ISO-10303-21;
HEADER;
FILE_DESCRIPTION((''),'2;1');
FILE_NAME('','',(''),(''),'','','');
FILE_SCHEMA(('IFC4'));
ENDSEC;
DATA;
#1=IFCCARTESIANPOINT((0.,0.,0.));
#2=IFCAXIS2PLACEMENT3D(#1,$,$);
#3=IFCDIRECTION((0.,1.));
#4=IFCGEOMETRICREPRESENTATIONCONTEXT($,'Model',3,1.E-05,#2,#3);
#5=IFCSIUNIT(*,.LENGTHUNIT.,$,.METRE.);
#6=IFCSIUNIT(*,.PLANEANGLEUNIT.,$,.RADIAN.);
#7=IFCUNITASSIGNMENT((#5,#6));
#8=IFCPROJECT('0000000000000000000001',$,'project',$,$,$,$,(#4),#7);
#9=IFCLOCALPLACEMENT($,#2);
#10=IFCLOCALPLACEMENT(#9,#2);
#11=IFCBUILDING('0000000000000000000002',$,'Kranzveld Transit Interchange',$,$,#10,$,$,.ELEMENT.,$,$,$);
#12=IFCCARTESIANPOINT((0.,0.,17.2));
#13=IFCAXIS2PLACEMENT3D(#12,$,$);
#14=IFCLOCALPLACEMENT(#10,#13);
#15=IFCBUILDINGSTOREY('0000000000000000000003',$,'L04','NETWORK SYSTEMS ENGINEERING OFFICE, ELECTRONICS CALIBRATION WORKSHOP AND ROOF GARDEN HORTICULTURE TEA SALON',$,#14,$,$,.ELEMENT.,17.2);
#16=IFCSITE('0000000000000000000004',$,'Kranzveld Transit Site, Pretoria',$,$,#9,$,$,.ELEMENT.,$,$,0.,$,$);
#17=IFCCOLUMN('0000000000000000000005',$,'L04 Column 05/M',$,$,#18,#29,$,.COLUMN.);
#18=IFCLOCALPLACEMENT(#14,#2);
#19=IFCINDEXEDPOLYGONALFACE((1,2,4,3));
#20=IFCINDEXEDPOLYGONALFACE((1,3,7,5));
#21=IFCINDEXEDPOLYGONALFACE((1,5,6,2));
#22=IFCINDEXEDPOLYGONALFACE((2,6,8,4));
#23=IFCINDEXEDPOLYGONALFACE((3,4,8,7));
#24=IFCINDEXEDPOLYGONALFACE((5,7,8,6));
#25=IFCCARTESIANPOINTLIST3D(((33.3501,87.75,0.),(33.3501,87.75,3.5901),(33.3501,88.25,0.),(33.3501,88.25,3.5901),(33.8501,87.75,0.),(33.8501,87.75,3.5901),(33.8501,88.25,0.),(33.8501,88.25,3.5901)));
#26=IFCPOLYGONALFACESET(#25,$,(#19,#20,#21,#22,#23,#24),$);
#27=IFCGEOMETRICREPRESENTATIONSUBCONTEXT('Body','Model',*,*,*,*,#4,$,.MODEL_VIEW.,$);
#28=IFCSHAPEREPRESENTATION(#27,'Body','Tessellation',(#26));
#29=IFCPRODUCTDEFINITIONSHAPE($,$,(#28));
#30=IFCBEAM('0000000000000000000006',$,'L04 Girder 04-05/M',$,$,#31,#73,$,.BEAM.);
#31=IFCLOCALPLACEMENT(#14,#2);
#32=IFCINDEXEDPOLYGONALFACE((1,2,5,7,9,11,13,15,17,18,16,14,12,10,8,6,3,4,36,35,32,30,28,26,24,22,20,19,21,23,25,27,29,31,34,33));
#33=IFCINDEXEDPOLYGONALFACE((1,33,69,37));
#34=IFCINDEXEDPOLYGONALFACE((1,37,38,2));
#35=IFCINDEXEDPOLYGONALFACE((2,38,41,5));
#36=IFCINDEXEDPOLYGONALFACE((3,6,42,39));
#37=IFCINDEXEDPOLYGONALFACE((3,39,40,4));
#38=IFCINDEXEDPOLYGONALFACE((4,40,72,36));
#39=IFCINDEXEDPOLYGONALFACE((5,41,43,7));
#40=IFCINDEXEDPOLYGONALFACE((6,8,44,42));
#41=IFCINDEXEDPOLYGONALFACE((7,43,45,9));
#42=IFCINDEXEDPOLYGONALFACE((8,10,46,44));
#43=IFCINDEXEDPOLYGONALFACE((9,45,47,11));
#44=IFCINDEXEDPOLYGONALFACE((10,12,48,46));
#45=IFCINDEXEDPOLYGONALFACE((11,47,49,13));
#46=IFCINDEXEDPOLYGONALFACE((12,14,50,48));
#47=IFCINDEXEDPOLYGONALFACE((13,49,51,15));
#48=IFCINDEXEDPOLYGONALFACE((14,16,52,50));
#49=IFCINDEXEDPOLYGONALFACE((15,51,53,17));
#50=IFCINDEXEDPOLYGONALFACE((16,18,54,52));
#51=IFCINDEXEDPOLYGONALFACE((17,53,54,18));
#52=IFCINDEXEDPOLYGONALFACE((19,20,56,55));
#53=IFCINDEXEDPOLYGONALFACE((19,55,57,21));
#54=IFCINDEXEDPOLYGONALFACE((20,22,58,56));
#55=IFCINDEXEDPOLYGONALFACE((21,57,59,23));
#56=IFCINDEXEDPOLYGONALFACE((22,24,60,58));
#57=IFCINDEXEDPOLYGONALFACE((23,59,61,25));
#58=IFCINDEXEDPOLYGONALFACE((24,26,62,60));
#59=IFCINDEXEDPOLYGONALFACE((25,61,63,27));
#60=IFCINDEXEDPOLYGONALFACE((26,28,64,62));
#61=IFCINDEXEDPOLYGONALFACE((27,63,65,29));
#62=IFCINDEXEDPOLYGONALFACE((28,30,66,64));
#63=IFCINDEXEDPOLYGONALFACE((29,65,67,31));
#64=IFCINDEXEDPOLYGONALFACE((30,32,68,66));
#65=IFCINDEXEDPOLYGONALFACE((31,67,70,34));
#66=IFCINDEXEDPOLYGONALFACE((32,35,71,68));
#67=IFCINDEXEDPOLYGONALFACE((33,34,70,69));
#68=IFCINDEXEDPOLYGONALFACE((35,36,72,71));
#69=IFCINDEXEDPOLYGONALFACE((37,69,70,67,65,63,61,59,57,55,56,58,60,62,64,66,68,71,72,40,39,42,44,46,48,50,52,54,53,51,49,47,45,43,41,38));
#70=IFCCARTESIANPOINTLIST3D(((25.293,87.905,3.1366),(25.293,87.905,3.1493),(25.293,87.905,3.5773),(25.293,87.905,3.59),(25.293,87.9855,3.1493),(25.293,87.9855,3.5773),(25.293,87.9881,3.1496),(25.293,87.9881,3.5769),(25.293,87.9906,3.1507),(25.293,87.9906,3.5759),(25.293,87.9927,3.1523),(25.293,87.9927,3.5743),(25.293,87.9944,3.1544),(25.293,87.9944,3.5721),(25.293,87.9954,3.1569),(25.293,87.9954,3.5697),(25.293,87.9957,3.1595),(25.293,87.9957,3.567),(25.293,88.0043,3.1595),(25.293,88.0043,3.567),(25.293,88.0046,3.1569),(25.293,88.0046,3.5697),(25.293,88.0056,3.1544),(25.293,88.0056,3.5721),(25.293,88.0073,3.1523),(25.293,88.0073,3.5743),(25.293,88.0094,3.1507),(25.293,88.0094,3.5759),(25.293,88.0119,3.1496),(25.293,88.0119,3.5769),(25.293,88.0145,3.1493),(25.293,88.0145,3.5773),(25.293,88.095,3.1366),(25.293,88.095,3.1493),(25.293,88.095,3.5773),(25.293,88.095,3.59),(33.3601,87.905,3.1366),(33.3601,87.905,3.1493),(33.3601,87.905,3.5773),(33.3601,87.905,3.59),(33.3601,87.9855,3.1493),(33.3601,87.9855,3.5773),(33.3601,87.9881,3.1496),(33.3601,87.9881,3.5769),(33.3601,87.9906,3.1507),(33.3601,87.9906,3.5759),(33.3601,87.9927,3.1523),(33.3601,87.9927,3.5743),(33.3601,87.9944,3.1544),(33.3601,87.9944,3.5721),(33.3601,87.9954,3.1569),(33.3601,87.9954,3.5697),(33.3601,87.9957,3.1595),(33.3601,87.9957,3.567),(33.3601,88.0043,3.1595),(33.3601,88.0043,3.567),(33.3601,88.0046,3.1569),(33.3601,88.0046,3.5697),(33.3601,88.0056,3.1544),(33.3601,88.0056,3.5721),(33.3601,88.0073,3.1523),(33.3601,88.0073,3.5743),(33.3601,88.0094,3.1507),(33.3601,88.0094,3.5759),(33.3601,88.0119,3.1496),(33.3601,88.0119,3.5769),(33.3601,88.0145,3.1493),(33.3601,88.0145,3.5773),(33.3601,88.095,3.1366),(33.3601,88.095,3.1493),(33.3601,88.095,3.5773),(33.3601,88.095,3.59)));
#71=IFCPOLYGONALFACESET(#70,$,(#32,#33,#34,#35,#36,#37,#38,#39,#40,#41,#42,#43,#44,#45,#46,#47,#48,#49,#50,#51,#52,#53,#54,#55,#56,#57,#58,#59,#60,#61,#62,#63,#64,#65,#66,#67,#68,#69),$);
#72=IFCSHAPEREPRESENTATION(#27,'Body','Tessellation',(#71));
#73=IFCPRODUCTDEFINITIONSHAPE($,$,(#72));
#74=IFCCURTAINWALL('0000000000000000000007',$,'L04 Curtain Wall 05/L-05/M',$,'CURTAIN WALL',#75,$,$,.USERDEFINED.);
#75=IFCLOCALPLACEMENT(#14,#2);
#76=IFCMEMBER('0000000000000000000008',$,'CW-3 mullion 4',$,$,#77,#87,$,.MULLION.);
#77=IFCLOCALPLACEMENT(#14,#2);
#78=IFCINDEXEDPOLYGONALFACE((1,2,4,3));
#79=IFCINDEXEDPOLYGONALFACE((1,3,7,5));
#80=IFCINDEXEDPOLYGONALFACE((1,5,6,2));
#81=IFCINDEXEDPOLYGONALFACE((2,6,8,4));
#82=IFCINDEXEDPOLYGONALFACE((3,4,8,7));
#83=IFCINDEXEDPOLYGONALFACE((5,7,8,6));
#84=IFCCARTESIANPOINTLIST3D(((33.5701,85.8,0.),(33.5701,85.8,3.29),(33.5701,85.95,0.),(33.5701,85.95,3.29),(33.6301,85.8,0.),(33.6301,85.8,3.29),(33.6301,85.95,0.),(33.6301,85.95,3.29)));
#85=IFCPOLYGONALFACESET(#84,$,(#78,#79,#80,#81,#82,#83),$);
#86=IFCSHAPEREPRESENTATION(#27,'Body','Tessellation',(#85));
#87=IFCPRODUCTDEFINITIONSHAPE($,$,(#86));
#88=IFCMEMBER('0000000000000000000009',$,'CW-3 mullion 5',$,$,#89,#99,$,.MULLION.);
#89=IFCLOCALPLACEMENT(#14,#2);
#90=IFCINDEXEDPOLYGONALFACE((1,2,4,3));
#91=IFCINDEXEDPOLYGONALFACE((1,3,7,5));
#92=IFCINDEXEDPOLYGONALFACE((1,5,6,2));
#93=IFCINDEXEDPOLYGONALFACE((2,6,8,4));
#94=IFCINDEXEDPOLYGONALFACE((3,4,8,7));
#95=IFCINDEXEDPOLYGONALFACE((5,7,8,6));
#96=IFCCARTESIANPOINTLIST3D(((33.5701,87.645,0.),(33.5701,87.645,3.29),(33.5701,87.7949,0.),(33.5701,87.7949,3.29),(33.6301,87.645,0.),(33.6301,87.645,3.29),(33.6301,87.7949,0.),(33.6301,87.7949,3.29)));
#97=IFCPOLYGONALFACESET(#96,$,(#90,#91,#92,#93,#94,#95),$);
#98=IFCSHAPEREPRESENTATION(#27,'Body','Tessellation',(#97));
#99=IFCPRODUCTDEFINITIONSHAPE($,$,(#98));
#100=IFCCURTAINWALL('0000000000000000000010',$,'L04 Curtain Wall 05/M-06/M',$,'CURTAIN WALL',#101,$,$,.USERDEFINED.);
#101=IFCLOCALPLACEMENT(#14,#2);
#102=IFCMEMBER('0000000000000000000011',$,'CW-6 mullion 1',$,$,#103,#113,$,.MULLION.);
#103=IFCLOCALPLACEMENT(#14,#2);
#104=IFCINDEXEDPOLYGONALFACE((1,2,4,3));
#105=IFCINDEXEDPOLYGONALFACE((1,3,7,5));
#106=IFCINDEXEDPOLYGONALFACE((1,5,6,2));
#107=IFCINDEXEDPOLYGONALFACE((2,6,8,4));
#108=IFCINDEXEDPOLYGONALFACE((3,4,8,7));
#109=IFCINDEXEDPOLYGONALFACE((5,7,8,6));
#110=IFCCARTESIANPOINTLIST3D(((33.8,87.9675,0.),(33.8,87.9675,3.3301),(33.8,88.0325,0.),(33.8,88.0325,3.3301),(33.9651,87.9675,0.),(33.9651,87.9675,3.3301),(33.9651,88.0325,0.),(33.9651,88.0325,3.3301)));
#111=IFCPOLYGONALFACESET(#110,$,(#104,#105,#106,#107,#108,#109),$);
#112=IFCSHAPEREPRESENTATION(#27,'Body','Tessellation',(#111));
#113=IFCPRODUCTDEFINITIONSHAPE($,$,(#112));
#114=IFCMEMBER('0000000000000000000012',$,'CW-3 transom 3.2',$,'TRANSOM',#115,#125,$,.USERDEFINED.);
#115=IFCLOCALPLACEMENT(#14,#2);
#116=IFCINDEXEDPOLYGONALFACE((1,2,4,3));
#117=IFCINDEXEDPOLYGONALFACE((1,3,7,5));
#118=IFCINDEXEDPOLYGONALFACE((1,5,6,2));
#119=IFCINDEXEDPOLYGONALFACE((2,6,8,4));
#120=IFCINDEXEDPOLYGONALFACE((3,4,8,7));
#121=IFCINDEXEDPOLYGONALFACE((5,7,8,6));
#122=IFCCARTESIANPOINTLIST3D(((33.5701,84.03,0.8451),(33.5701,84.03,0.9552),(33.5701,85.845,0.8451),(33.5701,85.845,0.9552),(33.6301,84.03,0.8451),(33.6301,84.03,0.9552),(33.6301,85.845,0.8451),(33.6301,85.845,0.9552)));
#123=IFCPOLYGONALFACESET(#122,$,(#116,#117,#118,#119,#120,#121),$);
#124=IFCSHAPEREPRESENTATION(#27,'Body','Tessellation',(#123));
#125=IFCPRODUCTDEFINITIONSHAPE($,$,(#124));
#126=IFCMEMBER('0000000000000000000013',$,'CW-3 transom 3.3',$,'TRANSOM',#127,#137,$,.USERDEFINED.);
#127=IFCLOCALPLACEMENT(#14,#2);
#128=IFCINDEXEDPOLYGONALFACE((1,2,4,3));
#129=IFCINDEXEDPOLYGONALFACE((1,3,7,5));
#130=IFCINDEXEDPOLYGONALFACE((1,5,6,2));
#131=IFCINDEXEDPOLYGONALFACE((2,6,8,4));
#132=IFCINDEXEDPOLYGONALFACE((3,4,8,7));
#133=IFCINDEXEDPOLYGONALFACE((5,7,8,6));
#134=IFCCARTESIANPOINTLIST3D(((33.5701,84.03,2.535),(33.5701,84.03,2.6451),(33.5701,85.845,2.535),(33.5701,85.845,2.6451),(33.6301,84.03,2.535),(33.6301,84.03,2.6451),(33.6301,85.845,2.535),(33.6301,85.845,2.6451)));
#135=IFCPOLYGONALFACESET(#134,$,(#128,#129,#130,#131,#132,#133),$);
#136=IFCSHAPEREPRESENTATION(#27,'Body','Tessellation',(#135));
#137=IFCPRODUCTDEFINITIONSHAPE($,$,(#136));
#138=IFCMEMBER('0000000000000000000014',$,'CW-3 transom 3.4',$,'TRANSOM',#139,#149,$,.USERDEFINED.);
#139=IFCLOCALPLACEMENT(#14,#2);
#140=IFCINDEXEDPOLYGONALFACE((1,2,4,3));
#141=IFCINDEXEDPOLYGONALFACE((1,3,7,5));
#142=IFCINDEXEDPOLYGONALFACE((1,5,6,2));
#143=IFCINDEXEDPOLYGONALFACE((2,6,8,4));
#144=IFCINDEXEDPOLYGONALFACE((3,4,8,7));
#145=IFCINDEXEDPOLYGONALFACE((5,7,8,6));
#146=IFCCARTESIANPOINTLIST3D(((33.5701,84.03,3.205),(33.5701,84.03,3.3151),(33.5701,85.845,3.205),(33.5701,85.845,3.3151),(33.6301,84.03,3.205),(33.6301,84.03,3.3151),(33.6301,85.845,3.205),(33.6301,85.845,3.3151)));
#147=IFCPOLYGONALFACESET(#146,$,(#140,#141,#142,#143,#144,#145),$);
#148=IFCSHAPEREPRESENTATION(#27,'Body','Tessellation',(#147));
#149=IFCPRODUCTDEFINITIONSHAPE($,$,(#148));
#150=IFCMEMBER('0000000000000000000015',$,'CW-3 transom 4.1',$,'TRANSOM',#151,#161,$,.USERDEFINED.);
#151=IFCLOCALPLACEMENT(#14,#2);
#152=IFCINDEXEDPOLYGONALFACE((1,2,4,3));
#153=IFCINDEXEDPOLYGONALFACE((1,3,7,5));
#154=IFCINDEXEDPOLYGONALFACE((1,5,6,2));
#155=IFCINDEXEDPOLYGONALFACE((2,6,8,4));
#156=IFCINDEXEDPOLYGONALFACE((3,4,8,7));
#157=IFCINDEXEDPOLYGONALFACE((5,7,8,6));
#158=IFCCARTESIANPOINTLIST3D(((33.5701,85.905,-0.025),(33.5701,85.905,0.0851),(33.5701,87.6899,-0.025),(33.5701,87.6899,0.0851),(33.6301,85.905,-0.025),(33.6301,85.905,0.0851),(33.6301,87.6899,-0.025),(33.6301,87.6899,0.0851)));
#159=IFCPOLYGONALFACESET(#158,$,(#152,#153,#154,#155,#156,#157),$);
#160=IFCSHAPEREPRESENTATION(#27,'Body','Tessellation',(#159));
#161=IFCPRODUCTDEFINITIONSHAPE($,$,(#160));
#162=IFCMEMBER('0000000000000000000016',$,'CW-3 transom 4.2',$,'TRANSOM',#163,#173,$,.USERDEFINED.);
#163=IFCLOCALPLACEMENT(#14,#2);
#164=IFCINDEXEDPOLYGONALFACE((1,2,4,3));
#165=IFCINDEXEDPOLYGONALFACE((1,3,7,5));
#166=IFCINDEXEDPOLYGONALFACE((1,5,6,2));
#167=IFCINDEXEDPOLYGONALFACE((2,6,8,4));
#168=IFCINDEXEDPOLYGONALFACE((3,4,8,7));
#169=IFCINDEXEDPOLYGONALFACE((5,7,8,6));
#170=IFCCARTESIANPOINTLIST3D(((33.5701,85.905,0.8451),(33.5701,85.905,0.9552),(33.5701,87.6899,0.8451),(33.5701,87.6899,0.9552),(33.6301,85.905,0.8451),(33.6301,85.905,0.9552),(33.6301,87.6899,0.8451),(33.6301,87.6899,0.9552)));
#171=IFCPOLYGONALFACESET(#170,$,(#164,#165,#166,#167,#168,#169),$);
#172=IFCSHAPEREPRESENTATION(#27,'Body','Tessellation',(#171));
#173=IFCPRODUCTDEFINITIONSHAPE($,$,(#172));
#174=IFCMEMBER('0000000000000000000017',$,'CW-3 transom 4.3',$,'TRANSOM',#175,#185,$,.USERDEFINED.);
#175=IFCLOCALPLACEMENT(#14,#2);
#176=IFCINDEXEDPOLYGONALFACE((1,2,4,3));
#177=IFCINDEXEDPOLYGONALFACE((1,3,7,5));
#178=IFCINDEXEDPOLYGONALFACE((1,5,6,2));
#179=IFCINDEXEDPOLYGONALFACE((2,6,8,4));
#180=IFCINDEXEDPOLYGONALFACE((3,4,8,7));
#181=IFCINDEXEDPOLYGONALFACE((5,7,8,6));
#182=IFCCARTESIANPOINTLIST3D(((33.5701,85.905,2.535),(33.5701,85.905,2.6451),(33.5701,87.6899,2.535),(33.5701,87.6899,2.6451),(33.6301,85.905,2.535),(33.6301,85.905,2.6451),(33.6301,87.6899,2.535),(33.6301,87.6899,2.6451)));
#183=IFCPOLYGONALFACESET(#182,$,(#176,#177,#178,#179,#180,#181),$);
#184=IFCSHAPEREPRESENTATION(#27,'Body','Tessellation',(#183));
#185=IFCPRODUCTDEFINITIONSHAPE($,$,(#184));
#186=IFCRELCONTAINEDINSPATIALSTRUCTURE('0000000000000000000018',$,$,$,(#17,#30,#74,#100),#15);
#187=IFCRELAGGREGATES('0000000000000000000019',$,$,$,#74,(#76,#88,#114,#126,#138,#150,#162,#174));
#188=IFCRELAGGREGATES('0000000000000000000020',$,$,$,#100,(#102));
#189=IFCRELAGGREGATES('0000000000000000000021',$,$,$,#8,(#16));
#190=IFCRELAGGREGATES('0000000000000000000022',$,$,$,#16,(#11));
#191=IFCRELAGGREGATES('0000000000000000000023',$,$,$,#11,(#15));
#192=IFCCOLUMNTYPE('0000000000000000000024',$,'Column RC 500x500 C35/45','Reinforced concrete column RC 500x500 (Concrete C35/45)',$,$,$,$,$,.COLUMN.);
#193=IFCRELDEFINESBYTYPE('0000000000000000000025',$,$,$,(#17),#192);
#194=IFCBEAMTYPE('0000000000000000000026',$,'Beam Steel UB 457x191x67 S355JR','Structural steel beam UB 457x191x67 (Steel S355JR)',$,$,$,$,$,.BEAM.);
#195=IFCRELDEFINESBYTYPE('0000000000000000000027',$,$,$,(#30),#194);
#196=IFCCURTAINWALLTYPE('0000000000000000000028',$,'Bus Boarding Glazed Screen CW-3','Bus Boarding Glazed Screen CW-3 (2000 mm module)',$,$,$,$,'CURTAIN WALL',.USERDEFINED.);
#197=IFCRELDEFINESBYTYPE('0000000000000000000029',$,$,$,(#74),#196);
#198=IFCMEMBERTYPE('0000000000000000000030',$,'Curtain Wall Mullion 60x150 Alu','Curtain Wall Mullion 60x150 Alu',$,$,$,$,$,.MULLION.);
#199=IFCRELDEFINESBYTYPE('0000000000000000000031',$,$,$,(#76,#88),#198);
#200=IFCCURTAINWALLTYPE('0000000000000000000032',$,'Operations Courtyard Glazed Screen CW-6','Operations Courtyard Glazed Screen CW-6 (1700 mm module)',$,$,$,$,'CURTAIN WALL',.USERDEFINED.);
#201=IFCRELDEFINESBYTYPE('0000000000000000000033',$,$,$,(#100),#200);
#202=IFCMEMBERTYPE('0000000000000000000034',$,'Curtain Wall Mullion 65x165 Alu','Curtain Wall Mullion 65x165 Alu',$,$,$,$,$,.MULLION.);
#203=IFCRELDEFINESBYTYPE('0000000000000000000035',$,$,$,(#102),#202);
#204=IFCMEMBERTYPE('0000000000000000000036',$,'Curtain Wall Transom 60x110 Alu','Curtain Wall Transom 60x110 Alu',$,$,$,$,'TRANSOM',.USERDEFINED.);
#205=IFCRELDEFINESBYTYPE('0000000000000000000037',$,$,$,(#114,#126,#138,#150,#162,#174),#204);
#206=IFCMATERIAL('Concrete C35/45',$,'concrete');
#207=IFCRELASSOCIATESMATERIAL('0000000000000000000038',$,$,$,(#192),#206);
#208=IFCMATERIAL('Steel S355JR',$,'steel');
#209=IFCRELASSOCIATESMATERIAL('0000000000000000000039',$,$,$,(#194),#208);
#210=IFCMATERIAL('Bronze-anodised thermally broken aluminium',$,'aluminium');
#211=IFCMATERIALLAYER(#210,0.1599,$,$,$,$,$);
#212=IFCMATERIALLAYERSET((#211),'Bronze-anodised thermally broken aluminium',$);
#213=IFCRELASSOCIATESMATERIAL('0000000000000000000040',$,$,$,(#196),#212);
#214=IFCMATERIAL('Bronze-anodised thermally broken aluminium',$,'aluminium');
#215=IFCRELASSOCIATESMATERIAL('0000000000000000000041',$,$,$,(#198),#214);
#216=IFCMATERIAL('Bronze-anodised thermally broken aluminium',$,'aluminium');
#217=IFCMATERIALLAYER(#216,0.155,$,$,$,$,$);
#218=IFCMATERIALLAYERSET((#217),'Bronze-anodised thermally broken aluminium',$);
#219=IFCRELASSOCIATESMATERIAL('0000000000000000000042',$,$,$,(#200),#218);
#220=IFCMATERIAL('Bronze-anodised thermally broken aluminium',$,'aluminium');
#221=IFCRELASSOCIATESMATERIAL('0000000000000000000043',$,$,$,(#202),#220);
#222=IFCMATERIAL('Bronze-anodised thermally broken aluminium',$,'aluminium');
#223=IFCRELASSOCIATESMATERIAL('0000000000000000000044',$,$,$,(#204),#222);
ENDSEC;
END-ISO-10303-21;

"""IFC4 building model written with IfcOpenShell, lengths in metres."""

from ifc_helpers import new_model, si_unit, direction, frame, origin, origin_2d, place, context, subcontext, project, spatial, rectangle, i_section, extrude, material, layer, layer_set, material_profile, profile_set, type_object, element, aggregate, save


model = new_model("IFC4")

# Units and contexts
model_context = context("Model", 3, precision=1e-05, world=origin(), true_north=direction((0.0, 1.0)))
body_context = subcontext(model_context, "Body", "Model", "MODEL_VIEW")
ifc_project = project(units=[si_unit("LENGTHUNIT", "METRE"), si_unit("PLANEANGLEUNIT", "RADIAN")], contexts=[model_context])

# Site, building, storey
site_placement = place(None, origin())
site = spatial("IfcSite", under=ifc_project, at=site_placement, Name="Kranzveld Transit Site, Pretoria", CompositionType="ELEMENT", RefElevation=0.0)
building_placement = place(site_placement, origin())
building = spatial("IfcBuilding", under=site, at=building_placement, Name="Kranzveld Transit Interchange", CompositionType="ELEMENT")
storey_placement = place(building_placement, frame((0.0, 0.0, 17.2)))
storey = spatial("IfcBuildingStorey", under=building, at=storey_placement, Name="L04", Description="NETWORK SYSTEMS ENGINEERING OFFICE, ELECTRONICS CALIBRATION WORKSHOP AND ROOF GARDEN HORTICULTURE TEA SALON", CompositionType="ELEMENT", Elevation=17.2)

# Column
ifc_material_1 = material(Name="Concrete C35/45", Category="concrete")
ifc_material_profile_1 = material_profile(ifc_material_1, rectangle(XDim=0.5, YDim=0.5, at=origin_2d()), Name="RC 500x500")
ifc_profile_set_1 = profile_set([ifc_material_profile_1], Name="Concrete C35/45")
column_type = type_object("IfcColumnType", Name="Column RC 500x500 C35/45", Description="Reinforced concrete column RC 500x500 (Concrete C35/45)", PredefinedType="COLUMN", material=ifc_profile_set_1)
column_placement = place(storey_placement, frame((33.6001, 88.0, 0.0), z_axis=(0.0, 0.0, 1.0), x_axis=(1.0, 0.0, 0.0)))
element("IfcColumn", 1, at=column_placement, inside=storey, type_object=column_type, Name="L04 Column 05/M", PredefinedType="COLUMN", context=body_context, shape_type="SweptSolid", body=[
    extrude(rectangle(XDim=0.5, YDim=0.5, at=origin_2d()), origin(), (0.0, 0.0, 1.0), 3.5901),
])

# Beam
ifc_material_2 = material(Name="Steel S355JR", Category="steel")
ifc_material_profile_2 = material_profile(ifc_material_2, i_section(OverallWidth=0.1899, OverallDepth=0.4534, WebThickness=0.0085, FlangeThickness=0.0127, FilletRadius=0.0103, at=origin_2d()), Name="UB 457x191x67")
ifc_profile_set_2 = profile_set([ifc_material_profile_2], Name="Steel S355JR")
beam_type_1 = type_object("IfcBeamType", Name="Beam Steel UB 457x191x67 S355JR", Description="Structural steel beam UB 457x191x67 (Steel S355JR)", PredefinedType="BEAM", material=ifc_profile_set_2)
beam_1_placement = place(storey_placement, frame((25.293, 88.0, 3.3633), z_axis=(1.0, 0.0, 0.0), x_axis=(0.0, 1.0, 0.0)))
element("IfcBeam", 2, at=beam_1_placement, inside=storey, type_object=beam_type_1, Name="L04 Girder 04-05/M", PredefinedType="BEAM", context=body_context, shape_type="SweptSolid", body=[
    extrude(i_section(OverallWidth=0.1899, OverallDepth=0.4534, WebThickness=0.0085, FlangeThickness=0.0127, FilletRadius=0.0103, at=origin_2d()), origin(), (0.0, 0.0, 1.0), 8.0671),
])

# Curtain wall, members
ifc_material_3 = material(Name="Bronze-anodised thermally broken aluminium", Category="aluminium")
ifc_layer_1 = layer(ifc_material_3, 0.1599)
ifc_layer_set_1 = layer_set([ifc_layer_1], Name="Bronze-anodised thermally broken aluminium")
curtain_wall_type_1 = type_object("IfcCurtainWallType", Name="Bus Boarding Glazed Screen CW-3", Description="Bus Boarding Glazed Screen CW-3 (2000 mm module)", ElementType="CURTAIN WALL", PredefinedType="USERDEFINED", material=ifc_layer_set_1)
curtain_wall_1_placement = place(storey_placement, origin())
curtain_wall_1 = element("IfcCurtainWall", 3, at=curtain_wall_1_placement, inside=storey, type_object=curtain_wall_type_1, Name="L04 Curtain Wall 05/L-05/M", ObjectType="CURTAIN WALL", PredefinedType="USERDEFINED")
ifc_material_4 = material(Name="Bronze-anodised thermally broken aluminium", Category="aluminium")
ifc_material_profile_3 = material_profile(ifc_material_4, rectangle(XDim=0.0601, YDim=0.1499, at=origin_2d()), Name="ALU MULLION 60x150")
ifc_profile_set_3 = profile_set([ifc_material_profile_3], Name="Bronze-anodised thermally broken aluminium")
member_type_1 = type_object("IfcMemberType", Name="Curtain Wall Mullion 60x150 Alu", Description="Curtain Wall Mullion 60x150 Alu", PredefinedType="MULLION", material=ifc_profile_set_3)
member_1_placement = place(storey_placement, frame((33.6001, 85.875, 0.0), z_axis=(0.0, 0.0, 1.0), x_axis=(-1.0, 0.0, 0.0)))
member_1 = element("IfcMember", 4, at=member_1_placement, type_object=member_type_1, Name="CW-3 mullion 4", PredefinedType="MULLION", context=body_context, shape_type="SweptSolid", body=[
    extrude(rectangle(XDim=0.0601, YDim=0.1499, at=origin_2d()), origin(), (0.0, 0.0, 1.0), 3.29),
])
member_2_placement = place(storey_placement, frame((33.6001, 87.72, 0.0), z_axis=(0.0, 0.0, 1.0), x_axis=(-1.0, 0.0, 0.0)))
member_2 = element("IfcMember", 5, at=member_2_placement, type_object=member_type_1, Name="CW-3 mullion 5", PredefinedType="MULLION", context=body_context, shape_type="SweptSolid", body=[
    extrude(rectangle(XDim=0.0601, YDim=0.1499, at=origin_2d()), origin(), (0.0, 0.0, 1.0), 3.29),
])

# Curtain wall, member
ifc_material_5 = material(Name="Bronze-anodised thermally broken aluminium", Category="aluminium")
ifc_layer_2 = layer(ifc_material_5, 0.155)
ifc_layer_set_2 = layer_set([ifc_layer_2], Name="Bronze-anodised thermally broken aluminium")
curtain_wall_type_2 = type_object("IfcCurtainWallType", Name="Operations Courtyard Glazed Screen CW-6", Description="Operations Courtyard Glazed Screen CW-6 (1700 mm module)", ElementType="CURTAIN WALL", PredefinedType="USERDEFINED", material=ifc_layer_set_2)
curtain_wall_2_placement = place(storey_placement, origin())
curtain_wall_2 = element("IfcCurtainWall", 6, at=curtain_wall_2_placement, inside=storey, type_object=curtain_wall_type_2, Name="L04 Curtain Wall 05/M-06/M", ObjectType="CURTAIN WALL", PredefinedType="USERDEFINED")
ifc_material_6 = material(Name="Bronze-anodised thermally broken aluminium", Category="aluminium")
ifc_material_profile_4 = material_profile(ifc_material_6, rectangle(XDim=0.0649, YDim=0.165, at=origin_2d()), Name="ALU MULLION 65x165")
ifc_profile_set_4 = profile_set([ifc_material_profile_4], Name="Bronze-anodised thermally broken aluminium")
member_type_2 = type_object("IfcMemberType", Name="Curtain Wall Mullion 65x165 Alu", Description="Curtain Wall Mullion 65x165 Alu", PredefinedType="MULLION", material=ifc_profile_set_4)
member_3_placement = place(storey_placement, frame((33.8826, 88.0, 0.0), z_axis=(0.0, 0.0, 1.0), x_axis=(0.0, 1.0, 0.0)))
member_3 = element("IfcMember", 7, at=member_3_placement, type_object=member_type_2, Name="CW-6 mullion 1", PredefinedType="MULLION", context=body_context, shape_type="SweptSolid", body=[
    extrude(rectangle(XDim=0.0649, YDim=0.165, at=origin_2d()), origin(), (0.0, 0.0, 1.0), 3.3301),
])

# Members
ifc_material_7 = material(Name="Bronze-anodised thermally broken aluminium", Category="aluminium")
ifc_material_profile_5 = material_profile(ifc_material_7, rectangle(XDim=0.0601, YDim=0.1101, at=origin_2d()), Name="ALU TRANSOM 60x110")
ifc_profile_set_5 = profile_set([ifc_material_profile_5], Name="Bronze-anodised thermally broken aluminium")
member_type_3 = type_object("IfcMemberType", Name="Curtain Wall Transom 60x110 Alu", Description="Curtain Wall Transom 60x110 Alu", ElementType="TRANSOM", PredefinedType="USERDEFINED", material=ifc_profile_set_5)
member_4_placement = place(storey_placement, frame((33.6001, 84.03, 0.9001), z_axis=(0.0, 1.0, 0.0), x_axis=(-1.0, 0.0, 0.0)))
member_4 = element("IfcMember", 8, at=member_4_placement, type_object=member_type_3, Name="CW-3 transom 3.2", ObjectType="TRANSOM", PredefinedType="USERDEFINED", context=body_context, shape_type="SweptSolid", body=[
    extrude(rectangle(XDim=0.0601, YDim=0.1101, at=origin_2d()), origin(), (0.0, 0.0, 1.0), 1.8149),
])
member_5_placement = place(storey_placement, frame((33.6001, 84.03, 2.5901), z_axis=(0.0, 1.0, 0.0), x_axis=(-1.0, 0.0, 0.0)))
member_5 = element("IfcMember", 9, at=member_5_placement, type_object=member_type_3, Name="CW-3 transom 3.3", ObjectType="TRANSOM", PredefinedType="USERDEFINED", context=body_context, shape_type="SweptSolid", body=[
    extrude(rectangle(XDim=0.0601, YDim=0.1101, at=origin_2d()), origin(), (0.0, 0.0, 1.0), 1.8149),
])
member_6_placement = place(storey_placement, frame((33.6001, 84.03, 3.26), z_axis=(0.0, 1.0, 0.0), x_axis=(-1.0, 0.0, 0.0)))
member_6 = element("IfcMember", 10, at=member_6_placement, type_object=member_type_3, Name="CW-3 transom 3.4", ObjectType="TRANSOM", PredefinedType="USERDEFINED", context=body_context, shape_type="SweptSolid", body=[
    extrude(rectangle(XDim=0.0601, YDim=0.1101, at=origin_2d()), origin(), (0.0, 0.0, 1.0), 1.8149),
])
member_7_placement = place(storey_placement, frame((33.6001, 85.905, 0.03), z_axis=(0.0, 1.0, 0.0), x_axis=(-1.0, 0.0, 0.0)))
member_7 = element("IfcMember", 11, at=member_7_placement, type_object=member_type_3, Name="CW-3 transom 4.1", ObjectType="TRANSOM", PredefinedType="USERDEFINED", context=body_context, shape_type="SweptSolid", body=[
    extrude(rectangle(XDim=0.0601, YDim=0.1101, at=origin_2d()), origin(), (0.0, 0.0, 1.0), 1.7849),
])
member_8_placement = place(storey_placement, frame((33.6001, 85.905, 0.9001), z_axis=(0.0, 1.0, 0.0), x_axis=(-1.0, 0.0, 0.0)))
member_8 = element("IfcMember", 12, at=member_8_placement, type_object=member_type_3, Name="CW-3 transom 4.2", ObjectType="TRANSOM", PredefinedType="USERDEFINED", context=body_context, shape_type="SweptSolid", body=[
    extrude(rectangle(XDim=0.0601, YDim=0.1101, at=origin_2d()), origin(), (0.0, 0.0, 1.0), 1.7849),
])
member_9_placement = place(storey_placement, frame((33.6001, 85.905, 2.5901), z_axis=(0.0, 1.0, 0.0), x_axis=(-1.0, 0.0, 0.0)))
member_9 = element("IfcMember", 13, at=member_9_placement, type_object=member_type_3, Name="CW-3 transom 4.3", ObjectType="TRANSOM", PredefinedType="USERDEFINED", context=body_context, shape_type="SweptSolid", body=[
    extrude(rectangle(XDim=0.0601, YDim=0.1101, at=origin_2d()), origin(), (0.0, 0.0, 1.0), 1.7849),
])

aggregate(curtain_wall_1, [member_1, member_2, member_4, member_5, member_6, member_7, member_8, member_9])
aggregate(curtain_wall_2, [member_3])

save(model, "model.ifc")
